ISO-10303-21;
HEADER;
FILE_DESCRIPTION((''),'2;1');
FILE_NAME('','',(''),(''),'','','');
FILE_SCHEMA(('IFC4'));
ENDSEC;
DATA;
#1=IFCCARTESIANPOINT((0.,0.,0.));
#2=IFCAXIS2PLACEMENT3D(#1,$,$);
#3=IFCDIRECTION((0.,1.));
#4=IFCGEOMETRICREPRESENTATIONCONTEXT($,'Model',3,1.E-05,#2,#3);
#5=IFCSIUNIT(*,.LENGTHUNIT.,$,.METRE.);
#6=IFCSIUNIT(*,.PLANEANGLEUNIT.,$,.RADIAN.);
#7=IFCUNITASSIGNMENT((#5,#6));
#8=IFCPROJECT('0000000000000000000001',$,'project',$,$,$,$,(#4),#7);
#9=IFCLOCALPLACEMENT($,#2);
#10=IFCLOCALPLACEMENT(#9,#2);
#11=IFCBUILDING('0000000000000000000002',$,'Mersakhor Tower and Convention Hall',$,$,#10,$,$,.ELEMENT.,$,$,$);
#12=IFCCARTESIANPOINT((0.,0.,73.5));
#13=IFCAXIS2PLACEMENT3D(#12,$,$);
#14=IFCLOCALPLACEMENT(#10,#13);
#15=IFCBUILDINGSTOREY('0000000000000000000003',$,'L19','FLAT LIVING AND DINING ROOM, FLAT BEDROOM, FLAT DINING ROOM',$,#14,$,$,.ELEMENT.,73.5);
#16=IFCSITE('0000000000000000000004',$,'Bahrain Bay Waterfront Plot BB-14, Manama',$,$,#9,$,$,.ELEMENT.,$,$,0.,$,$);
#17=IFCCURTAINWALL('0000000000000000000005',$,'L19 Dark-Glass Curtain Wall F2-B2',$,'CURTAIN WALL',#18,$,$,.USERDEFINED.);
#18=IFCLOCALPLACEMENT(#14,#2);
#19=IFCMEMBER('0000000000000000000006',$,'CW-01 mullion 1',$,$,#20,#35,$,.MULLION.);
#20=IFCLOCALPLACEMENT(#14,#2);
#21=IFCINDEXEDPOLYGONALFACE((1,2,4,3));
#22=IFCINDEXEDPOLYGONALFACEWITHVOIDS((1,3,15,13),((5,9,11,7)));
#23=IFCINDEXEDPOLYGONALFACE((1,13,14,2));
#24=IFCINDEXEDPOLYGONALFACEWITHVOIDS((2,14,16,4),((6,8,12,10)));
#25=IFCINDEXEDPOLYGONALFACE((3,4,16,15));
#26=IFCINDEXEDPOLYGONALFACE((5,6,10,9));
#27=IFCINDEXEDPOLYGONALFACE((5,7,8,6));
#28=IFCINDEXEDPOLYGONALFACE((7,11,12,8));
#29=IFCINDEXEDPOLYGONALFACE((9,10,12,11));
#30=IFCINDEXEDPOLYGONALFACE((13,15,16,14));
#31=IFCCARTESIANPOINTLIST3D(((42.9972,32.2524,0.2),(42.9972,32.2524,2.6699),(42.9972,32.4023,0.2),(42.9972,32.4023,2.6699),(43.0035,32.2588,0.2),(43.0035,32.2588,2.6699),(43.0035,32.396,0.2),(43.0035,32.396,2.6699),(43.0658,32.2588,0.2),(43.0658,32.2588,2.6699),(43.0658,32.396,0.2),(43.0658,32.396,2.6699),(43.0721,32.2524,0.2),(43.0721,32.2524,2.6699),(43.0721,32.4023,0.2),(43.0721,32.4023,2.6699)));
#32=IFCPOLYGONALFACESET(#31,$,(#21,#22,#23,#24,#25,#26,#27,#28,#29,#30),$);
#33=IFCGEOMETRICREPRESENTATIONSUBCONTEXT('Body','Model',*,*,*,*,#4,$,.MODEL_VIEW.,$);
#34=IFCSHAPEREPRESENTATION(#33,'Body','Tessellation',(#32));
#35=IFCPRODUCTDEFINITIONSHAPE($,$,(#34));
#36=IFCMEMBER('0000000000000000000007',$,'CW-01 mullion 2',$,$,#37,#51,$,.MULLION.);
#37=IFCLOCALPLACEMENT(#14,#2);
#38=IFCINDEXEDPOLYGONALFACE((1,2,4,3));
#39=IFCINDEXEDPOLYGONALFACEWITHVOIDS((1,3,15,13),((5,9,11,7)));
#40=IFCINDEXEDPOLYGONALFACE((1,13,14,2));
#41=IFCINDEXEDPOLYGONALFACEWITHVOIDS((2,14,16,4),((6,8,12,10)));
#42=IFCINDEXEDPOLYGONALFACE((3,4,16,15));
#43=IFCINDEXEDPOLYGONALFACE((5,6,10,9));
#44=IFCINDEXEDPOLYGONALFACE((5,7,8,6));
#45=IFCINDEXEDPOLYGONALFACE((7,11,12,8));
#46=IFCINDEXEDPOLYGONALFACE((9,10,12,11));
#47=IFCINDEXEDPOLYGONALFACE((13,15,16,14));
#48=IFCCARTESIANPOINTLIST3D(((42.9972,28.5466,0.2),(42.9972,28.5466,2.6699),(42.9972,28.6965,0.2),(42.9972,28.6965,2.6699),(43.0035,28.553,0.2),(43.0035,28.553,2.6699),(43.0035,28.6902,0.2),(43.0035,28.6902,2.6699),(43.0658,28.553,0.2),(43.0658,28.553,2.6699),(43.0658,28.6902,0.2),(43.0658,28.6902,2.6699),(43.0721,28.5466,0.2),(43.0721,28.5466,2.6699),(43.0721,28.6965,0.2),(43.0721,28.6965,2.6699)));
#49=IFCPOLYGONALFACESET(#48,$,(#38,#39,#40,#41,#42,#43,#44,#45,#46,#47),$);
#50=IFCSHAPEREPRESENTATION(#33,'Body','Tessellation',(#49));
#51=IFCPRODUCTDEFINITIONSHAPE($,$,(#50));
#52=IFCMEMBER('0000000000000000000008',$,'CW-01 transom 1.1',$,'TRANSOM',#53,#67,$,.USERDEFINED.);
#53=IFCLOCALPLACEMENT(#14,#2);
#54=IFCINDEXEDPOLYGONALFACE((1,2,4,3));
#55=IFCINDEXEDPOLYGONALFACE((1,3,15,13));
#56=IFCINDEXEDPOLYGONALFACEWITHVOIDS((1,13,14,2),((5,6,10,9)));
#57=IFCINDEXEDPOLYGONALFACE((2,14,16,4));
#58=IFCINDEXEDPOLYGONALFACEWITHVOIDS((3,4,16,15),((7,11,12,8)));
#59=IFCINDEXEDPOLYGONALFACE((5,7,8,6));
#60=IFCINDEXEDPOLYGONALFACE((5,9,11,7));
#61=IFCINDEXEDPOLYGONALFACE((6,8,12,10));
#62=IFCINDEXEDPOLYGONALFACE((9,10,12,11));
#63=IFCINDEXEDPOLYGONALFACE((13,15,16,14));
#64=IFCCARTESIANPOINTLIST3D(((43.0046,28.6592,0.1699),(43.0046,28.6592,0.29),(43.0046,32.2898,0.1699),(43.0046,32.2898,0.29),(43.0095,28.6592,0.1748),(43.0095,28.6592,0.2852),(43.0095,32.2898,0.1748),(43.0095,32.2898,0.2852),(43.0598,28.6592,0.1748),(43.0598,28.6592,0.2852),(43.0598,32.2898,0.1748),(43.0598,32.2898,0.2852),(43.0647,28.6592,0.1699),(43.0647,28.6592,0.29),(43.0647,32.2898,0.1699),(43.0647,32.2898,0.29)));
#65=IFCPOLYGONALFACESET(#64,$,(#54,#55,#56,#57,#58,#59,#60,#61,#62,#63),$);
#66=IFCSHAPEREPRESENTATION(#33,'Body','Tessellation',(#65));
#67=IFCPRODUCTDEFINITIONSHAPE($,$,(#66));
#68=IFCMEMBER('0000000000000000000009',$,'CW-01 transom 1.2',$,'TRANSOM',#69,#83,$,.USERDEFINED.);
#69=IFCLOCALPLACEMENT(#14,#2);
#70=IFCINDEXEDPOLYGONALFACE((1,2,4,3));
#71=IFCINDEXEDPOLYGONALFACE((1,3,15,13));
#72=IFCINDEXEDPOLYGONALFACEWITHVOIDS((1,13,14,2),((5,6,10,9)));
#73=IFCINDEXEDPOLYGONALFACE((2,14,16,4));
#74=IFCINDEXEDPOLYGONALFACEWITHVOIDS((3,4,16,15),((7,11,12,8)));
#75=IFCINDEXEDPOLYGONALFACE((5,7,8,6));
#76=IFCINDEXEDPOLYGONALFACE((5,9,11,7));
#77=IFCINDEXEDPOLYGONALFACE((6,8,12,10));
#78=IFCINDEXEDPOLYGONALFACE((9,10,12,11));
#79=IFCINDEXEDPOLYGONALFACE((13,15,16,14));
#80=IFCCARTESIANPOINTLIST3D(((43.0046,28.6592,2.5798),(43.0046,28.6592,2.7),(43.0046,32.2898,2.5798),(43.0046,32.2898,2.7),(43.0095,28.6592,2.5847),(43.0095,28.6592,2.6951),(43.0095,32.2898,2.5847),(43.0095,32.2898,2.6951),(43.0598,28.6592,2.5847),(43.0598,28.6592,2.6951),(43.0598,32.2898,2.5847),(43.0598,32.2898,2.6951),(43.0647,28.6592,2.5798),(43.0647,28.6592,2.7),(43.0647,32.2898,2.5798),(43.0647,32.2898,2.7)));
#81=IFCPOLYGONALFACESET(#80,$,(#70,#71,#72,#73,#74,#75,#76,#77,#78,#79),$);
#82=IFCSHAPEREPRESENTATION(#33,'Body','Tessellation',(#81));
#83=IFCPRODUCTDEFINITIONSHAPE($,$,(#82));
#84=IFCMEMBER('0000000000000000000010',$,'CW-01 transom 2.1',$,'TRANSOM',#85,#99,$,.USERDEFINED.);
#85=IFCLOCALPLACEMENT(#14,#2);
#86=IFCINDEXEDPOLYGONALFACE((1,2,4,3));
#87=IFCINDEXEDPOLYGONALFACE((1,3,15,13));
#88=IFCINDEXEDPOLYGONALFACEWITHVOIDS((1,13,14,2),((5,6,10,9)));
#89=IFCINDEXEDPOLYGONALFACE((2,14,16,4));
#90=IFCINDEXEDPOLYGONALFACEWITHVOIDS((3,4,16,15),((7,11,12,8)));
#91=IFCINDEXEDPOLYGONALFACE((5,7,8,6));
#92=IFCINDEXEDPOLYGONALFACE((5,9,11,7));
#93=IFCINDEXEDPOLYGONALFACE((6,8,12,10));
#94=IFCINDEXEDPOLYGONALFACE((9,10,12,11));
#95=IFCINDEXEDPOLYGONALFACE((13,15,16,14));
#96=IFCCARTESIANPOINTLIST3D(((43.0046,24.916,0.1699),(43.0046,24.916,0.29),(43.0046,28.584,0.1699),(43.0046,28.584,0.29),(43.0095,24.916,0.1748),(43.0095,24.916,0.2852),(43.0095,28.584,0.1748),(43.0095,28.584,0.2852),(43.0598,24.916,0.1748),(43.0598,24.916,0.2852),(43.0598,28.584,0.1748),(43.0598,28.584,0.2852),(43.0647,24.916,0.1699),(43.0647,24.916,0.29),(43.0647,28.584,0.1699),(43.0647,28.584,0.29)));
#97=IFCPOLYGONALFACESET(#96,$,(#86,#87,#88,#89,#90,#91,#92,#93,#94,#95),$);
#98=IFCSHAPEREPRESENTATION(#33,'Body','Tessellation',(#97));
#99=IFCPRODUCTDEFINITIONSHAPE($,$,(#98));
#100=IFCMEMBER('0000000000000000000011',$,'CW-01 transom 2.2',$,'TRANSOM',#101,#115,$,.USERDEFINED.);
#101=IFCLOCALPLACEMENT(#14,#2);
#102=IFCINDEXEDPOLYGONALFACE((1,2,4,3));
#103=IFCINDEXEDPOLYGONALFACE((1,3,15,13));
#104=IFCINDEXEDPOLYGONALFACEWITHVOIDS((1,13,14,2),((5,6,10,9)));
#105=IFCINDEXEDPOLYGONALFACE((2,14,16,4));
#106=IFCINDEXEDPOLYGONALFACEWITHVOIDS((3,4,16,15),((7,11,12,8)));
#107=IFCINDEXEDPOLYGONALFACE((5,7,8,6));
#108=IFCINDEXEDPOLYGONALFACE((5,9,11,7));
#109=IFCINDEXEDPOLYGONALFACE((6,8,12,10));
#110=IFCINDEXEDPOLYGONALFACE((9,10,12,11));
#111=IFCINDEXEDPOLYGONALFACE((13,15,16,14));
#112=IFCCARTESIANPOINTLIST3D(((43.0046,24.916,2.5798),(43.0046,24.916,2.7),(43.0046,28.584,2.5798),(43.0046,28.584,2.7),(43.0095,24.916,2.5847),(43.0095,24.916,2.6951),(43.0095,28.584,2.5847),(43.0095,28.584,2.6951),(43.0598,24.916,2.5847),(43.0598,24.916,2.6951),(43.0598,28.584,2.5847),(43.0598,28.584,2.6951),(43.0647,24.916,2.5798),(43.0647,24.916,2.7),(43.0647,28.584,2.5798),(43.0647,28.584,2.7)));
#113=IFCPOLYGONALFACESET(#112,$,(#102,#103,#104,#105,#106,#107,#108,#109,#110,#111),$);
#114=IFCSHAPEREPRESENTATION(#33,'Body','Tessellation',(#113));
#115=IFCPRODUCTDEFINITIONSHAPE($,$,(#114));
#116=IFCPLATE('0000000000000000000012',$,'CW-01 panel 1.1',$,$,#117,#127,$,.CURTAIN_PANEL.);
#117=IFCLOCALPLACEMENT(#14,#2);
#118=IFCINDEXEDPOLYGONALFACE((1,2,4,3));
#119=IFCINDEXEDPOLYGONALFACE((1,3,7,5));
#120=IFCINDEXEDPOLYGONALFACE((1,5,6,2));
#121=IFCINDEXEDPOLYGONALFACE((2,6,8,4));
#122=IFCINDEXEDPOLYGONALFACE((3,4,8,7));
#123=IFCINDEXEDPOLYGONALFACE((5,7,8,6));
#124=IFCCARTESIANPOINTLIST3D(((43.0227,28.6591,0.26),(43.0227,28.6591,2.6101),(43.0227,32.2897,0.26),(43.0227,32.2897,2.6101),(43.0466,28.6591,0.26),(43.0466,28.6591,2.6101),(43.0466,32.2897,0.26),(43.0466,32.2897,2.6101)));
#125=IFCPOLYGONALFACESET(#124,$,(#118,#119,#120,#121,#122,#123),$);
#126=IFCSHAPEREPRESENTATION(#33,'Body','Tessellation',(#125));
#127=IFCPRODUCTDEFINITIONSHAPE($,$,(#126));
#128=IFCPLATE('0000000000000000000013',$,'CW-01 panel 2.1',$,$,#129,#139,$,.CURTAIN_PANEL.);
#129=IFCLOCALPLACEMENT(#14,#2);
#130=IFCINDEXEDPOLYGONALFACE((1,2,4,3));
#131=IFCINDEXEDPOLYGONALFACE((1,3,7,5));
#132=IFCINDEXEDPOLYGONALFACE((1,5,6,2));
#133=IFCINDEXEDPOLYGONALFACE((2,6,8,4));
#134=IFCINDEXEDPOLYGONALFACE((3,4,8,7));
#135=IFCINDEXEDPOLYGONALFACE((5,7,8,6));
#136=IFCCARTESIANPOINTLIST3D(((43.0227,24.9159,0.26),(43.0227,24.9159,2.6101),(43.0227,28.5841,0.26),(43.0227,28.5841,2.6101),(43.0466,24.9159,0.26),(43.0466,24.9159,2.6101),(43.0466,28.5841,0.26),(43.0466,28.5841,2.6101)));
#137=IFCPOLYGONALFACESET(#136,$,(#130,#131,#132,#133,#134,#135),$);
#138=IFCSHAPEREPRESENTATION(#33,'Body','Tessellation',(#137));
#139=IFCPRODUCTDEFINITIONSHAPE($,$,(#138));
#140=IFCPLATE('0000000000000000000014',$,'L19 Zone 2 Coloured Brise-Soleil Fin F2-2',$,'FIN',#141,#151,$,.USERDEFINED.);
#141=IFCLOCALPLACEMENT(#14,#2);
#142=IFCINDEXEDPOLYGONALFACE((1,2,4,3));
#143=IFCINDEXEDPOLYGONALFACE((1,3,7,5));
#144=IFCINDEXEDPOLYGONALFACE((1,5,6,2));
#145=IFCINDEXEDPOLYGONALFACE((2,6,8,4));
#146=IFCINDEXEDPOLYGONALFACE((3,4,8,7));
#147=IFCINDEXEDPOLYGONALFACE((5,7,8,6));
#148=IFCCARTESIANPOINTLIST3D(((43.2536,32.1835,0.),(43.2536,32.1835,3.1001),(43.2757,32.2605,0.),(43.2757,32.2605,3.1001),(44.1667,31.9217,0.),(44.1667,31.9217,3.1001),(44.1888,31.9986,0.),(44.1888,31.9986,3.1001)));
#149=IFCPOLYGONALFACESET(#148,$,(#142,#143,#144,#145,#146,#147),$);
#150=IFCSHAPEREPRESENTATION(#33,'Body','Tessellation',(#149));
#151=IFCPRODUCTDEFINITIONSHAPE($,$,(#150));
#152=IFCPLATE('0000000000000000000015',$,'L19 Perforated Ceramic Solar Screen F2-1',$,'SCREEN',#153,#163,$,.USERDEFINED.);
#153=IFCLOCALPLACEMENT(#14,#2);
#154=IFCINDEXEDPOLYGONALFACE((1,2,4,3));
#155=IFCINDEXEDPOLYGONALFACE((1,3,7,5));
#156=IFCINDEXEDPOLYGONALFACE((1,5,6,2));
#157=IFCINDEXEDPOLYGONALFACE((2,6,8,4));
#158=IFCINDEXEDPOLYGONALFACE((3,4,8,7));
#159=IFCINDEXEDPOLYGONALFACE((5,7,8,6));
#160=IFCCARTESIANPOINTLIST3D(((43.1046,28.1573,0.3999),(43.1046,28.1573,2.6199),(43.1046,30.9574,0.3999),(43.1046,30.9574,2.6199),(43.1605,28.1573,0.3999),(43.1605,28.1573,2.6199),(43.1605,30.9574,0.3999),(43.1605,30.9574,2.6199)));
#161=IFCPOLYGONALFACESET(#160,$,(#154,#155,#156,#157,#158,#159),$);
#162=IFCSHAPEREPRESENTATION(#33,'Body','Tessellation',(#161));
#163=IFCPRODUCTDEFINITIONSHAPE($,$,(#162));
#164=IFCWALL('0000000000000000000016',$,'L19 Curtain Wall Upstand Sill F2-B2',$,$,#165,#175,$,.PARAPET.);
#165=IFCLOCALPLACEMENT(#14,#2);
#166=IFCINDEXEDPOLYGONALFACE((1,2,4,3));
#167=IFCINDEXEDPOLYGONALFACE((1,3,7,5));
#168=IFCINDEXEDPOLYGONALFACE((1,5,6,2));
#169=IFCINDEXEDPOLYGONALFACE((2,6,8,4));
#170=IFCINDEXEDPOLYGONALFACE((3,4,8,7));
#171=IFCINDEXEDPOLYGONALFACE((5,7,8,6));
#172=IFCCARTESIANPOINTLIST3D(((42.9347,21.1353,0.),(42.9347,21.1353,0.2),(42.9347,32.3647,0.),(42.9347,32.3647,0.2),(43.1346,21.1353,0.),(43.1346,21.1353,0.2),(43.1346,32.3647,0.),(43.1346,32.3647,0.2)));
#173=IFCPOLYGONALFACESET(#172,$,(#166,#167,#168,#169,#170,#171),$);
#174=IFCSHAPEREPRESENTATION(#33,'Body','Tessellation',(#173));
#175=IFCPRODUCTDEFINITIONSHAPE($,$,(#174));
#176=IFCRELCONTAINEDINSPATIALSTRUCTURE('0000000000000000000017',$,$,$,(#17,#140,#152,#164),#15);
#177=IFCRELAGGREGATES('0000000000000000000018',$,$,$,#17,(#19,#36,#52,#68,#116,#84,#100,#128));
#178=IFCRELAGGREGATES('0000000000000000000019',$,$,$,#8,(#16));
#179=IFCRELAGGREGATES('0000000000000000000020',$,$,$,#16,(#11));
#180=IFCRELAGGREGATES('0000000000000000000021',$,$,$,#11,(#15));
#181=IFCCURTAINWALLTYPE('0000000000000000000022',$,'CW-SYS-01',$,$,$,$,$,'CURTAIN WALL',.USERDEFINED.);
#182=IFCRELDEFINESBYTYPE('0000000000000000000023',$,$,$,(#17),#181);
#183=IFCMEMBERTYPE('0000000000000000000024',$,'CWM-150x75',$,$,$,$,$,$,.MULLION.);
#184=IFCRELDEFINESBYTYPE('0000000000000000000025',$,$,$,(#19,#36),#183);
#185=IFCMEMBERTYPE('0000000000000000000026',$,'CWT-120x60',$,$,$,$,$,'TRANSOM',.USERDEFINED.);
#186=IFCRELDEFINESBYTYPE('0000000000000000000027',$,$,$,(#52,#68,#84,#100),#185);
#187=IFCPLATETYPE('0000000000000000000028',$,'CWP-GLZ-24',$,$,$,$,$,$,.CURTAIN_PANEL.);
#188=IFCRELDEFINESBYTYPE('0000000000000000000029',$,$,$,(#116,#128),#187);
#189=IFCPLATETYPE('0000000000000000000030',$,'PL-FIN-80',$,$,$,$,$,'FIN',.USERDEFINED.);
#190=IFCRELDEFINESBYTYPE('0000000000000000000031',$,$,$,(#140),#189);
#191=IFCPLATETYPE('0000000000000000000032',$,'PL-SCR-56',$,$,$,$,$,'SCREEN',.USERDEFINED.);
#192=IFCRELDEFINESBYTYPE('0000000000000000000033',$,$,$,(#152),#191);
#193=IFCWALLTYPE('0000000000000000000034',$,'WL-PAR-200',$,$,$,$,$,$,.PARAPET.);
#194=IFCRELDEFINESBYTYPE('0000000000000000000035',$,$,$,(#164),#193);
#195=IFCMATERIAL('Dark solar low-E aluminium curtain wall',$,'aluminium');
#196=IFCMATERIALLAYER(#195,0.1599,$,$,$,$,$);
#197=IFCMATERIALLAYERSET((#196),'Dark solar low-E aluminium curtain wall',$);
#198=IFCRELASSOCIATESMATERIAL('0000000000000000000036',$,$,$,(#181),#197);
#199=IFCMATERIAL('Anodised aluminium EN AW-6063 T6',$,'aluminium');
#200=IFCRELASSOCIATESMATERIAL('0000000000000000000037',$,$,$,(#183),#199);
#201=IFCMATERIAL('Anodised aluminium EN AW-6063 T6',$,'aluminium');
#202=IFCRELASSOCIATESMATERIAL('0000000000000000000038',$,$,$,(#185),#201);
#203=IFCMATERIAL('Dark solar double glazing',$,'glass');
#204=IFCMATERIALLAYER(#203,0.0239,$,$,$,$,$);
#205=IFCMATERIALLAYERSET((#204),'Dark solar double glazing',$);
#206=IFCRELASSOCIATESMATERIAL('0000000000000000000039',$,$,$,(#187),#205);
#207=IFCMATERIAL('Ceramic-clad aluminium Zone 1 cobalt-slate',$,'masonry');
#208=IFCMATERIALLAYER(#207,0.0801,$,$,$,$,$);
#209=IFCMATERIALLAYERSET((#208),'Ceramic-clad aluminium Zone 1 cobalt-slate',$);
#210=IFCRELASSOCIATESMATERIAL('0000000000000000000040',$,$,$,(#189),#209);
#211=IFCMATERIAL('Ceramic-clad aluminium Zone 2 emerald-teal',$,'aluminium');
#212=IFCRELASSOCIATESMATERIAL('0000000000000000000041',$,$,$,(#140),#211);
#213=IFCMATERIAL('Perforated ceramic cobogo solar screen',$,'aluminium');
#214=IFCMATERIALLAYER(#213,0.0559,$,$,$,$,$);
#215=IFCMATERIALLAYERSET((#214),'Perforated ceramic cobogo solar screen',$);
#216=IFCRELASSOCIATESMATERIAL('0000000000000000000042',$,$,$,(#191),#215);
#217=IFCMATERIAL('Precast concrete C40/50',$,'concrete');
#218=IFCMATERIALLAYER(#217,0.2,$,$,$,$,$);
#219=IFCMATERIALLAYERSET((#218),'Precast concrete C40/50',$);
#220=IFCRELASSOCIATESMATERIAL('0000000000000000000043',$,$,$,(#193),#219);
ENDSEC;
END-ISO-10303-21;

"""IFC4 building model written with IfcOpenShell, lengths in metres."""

from ifc_helpers import new_model, si_unit, direction, frame, frame_2d, origin, origin_2d, place, context, subcontext, project, spatial, rectangle, hollow_rectangle, extrude, material, layer, layer_set, material_profile, profile_set, type_object, element, aggregate, save


model = new_model("IFC4")

# Units and contexts
model_context = context("Model", 3, precision=1e-05, world=origin(), true_north=direction((0.0, 1.0)))
body_context = subcontext(model_context, "Body", "Model", "MODEL_VIEW")
ifc_project = project(units=[si_unit("LENGTHUNIT", "METRE"), si_unit("PLANEANGLEUNIT", "RADIAN")], contexts=[model_context])

# Site, building, storey
site_placement = place(None, origin())
site = spatial("IfcSite", under=ifc_project, at=site_placement, Name="Bahrain Bay Waterfront Plot BB-14, Manama", CompositionType="ELEMENT", RefElevation=0.0)
building_placement = place(site_placement, origin())
building = spatial("IfcBuilding", under=site, at=building_placement, Name="Mersakhor Tower and Convention Hall", CompositionType="ELEMENT")
storey_placement = place(building_placement, frame((0.0, 0.0, 73.5)))
storey = spatial("IfcBuildingStorey", under=building, at=storey_placement, Name="L19", Description="FLAT LIVING AND DINING ROOM, FLAT BEDROOM, FLAT DINING ROOM", CompositionType="ELEMENT", Elevation=73.5)

# Curtain wall, members, plates
ifc_material_1 = material(Name="Dark solar low-E aluminium curtain wall", Category="aluminium")
ifc_layer_1 = layer(ifc_material_1, 0.1599)
ifc_layer_set_1 = layer_set([ifc_layer_1], Name="Dark solar low-E aluminium curtain wall")
curtain_wall_type = type_object("IfcCurtainWallType", Name="CW-SYS-01", ElementType="CURTAIN WALL", PredefinedType="USERDEFINED", material=ifc_layer_set_1)
curtain_wall_placement = place(storey_placement, origin())
curtain_wall = element("IfcCurtainWall", 1, at=curtain_wall_placement, inside=storey, type_object=curtain_wall_type, Name="L19 Dark-Glass Curtain Wall F2-B2", ObjectType="CURTAIN WALL", PredefinedType="USERDEFINED")
ifc_material_2 = material(Name="Anodised aluminium EN AW-6063 T6", Category="aluminium")
ifc_material_profile_1 = material_profile(ifc_material_2, hollow_rectangle(XDim=0.075, YDim=0.1499, WallThickness=0.0063, at=origin_2d()), Name="RHS 150x75x6.3")
ifc_profile_set_1 = profile_set([ifc_material_profile_1], Name="Anodised aluminium EN AW-6063 T6")
member_type_1 = type_object("IfcMemberType", Name="CWM-150x75", PredefinedType="MULLION", material=ifc_profile_set_1)
member_1_placement = place(storey_placement, frame((43.0347, 32.3274, 0.2), z_axis=(0.0, 0.0, 1.0), x_axis=(1.0, 0.0, 0.0)))
member_1 = element("IfcMember", 2, at=member_1_placement, type_object=member_type_1, Name="CW-01 mullion 1", PredefinedType="MULLION", context=body_context, shape_type="SweptSolid", body=[
    extrude(hollow_rectangle(XDim=0.075, YDim=0.1499, WallThickness=0.0063, at=origin_2d()), origin(), (0.0, 0.0, 1.0), 2.47),
])
member_2_placement = place(storey_placement, frame((43.0347, 28.6216, 0.2), z_axis=(0.0, 0.0, 1.0), x_axis=(1.0, 0.0, 0.0)))
member_2 = element("IfcMember", 3, at=member_2_placement, type_object=member_type_1, Name="CW-01 mullion 2", PredefinedType="MULLION", context=body_context, shape_type="SweptSolid", body=[
    extrude(hollow_rectangle(XDim=0.075, YDim=0.1499, WallThickness=0.0063, at=origin_2d()), origin(), (0.0, 0.0, 1.0), 2.47),
])
ifc_material_3 = material(Name="Anodised aluminium EN AW-6063 T6", Category="aluminium")
ifc_material_profile_2 = material_profile(ifc_material_3, hollow_rectangle(XDim=0.0601, YDim=0.1201, WallThickness=0.0049, at=origin_2d()), Name="RHS 120x60x5")
ifc_profile_set_2 = profile_set([ifc_material_profile_2], Name="Anodised aluminium EN AW-6063 T6")
member_type_2 = type_object("IfcMemberType", Name="CWT-120x60", ElementType="TRANSOM", PredefinedType="USERDEFINED", material=ifc_profile_set_2)
member_3_placement = place(storey_placement, frame((43.0347, 32.2898, 0.23), z_axis=(0.0, -1.0, 0.0), x_axis=(1.0, 0.0, 0.0)))
member_3 = element("IfcMember", 4, at=member_3_placement, type_object=member_type_2, Name="CW-01 transom 1.1", ObjectType="TRANSOM", PredefinedType="USERDEFINED", context=body_context, shape_type="SweptSolid", body=[
    extrude(hollow_rectangle(XDim=0.0601, YDim=0.1201, WallThickness=0.0049, at=origin_2d()), origin(), (0.0, 0.0, 1.0), 3.6306),
])
member_4_placement = place(storey_placement, frame((43.0347, 32.2898, 2.6399), z_axis=(0.0, -1.0, 0.0), x_axis=(1.0, 0.0, 0.0)))
member_4 = element("IfcMember", 5, at=member_4_placement, type_object=member_type_2, Name="CW-01 transom 1.2", ObjectType="TRANSOM", PredefinedType="USERDEFINED", context=body_context, shape_type="SweptSolid", body=[
    extrude(hollow_rectangle(XDim=0.0601, YDim=0.1201, WallThickness=0.0049, at=origin_2d()), origin(), (0.0, 0.0, 1.0), 3.6306),
])
member_5_placement = place(storey_placement, frame((43.0347, 28.584, 0.23), z_axis=(0.0, -1.0, 0.0), x_axis=(1.0, 0.0, 0.0)))
member_5 = element("IfcMember", 6, at=member_5_placement, type_object=member_type_2, Name="CW-01 transom 2.1", ObjectType="TRANSOM", PredefinedType="USERDEFINED", context=body_context, shape_type="SweptSolid", body=[
    extrude(hollow_rectangle(XDim=0.0601, YDim=0.1201, WallThickness=0.0049, at=origin_2d()), origin(), (0.0, 0.0, 1.0), 3.668),
])
member_6_placement = place(storey_placement, frame((43.0347, 28.584, 2.6399), z_axis=(0.0, -1.0, 0.0), x_axis=(1.0, 0.0, 0.0)))
member_6 = element("IfcMember", 7, at=member_6_placement, type_object=member_type_2, Name="CW-01 transom 2.2", ObjectType="TRANSOM", PredefinedType="USERDEFINED", context=body_context, shape_type="SweptSolid", body=[
    extrude(hollow_rectangle(XDim=0.0601, YDim=0.1201, WallThickness=0.0049, at=origin_2d()), origin(), (0.0, 0.0, 1.0), 3.668),
])
ifc_material_4 = material(Name="Dark solar double glazing", Category="glass")
ifc_layer_2 = layer(ifc_material_4, 0.0239)
ifc_layer_set_2 = layer_set([ifc_layer_2], Name="Dark solar double glazing")
plate_type_1 = type_object("IfcPlateType", Name="CWP-GLZ-24", PredefinedType="CURTAIN_PANEL", material=ifc_layer_set_2)
plate_1_placement = place(storey_placement, frame((43.0347, 30.4744, 0.26), z_axis=(0.0, 0.0, 1.0), x_axis=(0.0, -1.0, 0.0)))
plate_1 = element("IfcPlate", 8, at=plate_1_placement, type_object=plate_type_1, Name="CW-01 panel 1.1", PredefinedType="CURTAIN_PANEL", context=body_context, shape_type="SweptSolid", body=[
    extrude(rectangle(XDim=3.6306, YDim=0.0239, at=origin_2d()), origin(), (0.0, 0.0, 1.0), 2.3501),
])
plate_2_placement = place(storey_placement, frame((43.0347, 26.75, 0.26), z_axis=(0.0, 0.0, 1.0), x_axis=(0.0, -1.0, 0.0)))
plate_2 = element("IfcPlate", 9, at=plate_2_placement, type_object=plate_type_1, Name="CW-01 panel 2.1", PredefinedType="CURTAIN_PANEL", context=body_context, shape_type="SweptSolid", body=[
    extrude(rectangle(XDim=3.6682, YDim=0.0239, at=origin_2d()), origin(), (0.0, 0.0, 1.0), 2.3501),
])
aggregate(curtain_wall, [member_1, member_2, member_3, member_4, plate_1, member_5, member_6, plate_2])

# Plates
ifc_material_5 = material(Name="Ceramic-clad aluminium Zone 2 emerald-teal", Category="aluminium")
ifc_material_6 = material(Name="Ceramic-clad aluminium Zone 1 cobalt-slate", Category="masonry")
ifc_layer_3 = layer(ifc_material_6, 0.0801)
ifc_layer_set_3 = layer_set([ifc_layer_3], Name="Ceramic-clad aluminium Zone 1 cobalt-slate")
plate_type_2 = type_object("IfcPlateType", Name="PL-FIN-80", ElementType="FIN", PredefinedType="USERDEFINED", material=ifc_layer_set_3)
plate_3_placement = place(storey_placement, frame((43.7212, 32.0911, 0.0), z_axis=(0.0, 0.0, 1.0), x_axis=(0.961262, -0.275637, 0.0)))
element("IfcPlate", 10, at=plate_3_placement, inside=storey, type_object=plate_type_2, material=ifc_material_5, Name="L19 Zone 2 Coloured Brise-Soleil Fin F2-2", ObjectType="FIN", PredefinedType="USERDEFINED", context=body_context, shape_type="SweptSolid", body=[
    extrude(rectangle(XDim=0.95, YDim=0.0801, at=origin_2d()), origin(), (0.0, 0.0, 1.0), 3.1001),
])
ifc_material_7 = material(Name="Perforated ceramic cobogo solar screen", Category="aluminium")
ifc_layer_4 = layer(ifc_material_7, 0.0559)
ifc_layer_set_4 = layer_set([ifc_layer_4], Name="Perforated ceramic cobogo solar screen")
plate_type_3 = type_object("IfcPlateType", Name="PL-SCR-56", ElementType="SCREEN", PredefinedType="USERDEFINED", material=ifc_layer_set_4)
plate_4_placement = place(storey_placement, frame((43.1326, 29.5574, 0.3999), z_axis=(0.0, 0.0, 1.0), x_axis=(0.0, -1.0, 0.0)))
element("IfcPlate", 11, at=plate_4_placement, inside=storey, type_object=plate_type_3, Name="L19 Perforated Ceramic Solar Screen F2-1", ObjectType="SCREEN", PredefinedType="USERDEFINED", context=body_context, shape_type="SweptSolid", body=[
    extrude(rectangle(XDim=2.8, YDim=0.0559, at=origin_2d()), origin(), (0.0, 0.0, 1.0), 2.22),
])

# Wall
ifc_material_8 = material(Name="Precast concrete C40/50", Category="concrete")
ifc_layer_5 = layer(ifc_material_8, 0.2)
ifc_layer_set_5 = layer_set([ifc_layer_5], Name="Precast concrete C40/50")
wall_type_1 = type_object("IfcWallType", Name="WL-PAR-200", PredefinedType="PARAPET", material=ifc_layer_set_5)
wall_1_placement = place(storey_placement, frame((43.0347, 32.3647, 0.0), z_axis=(0.0, 0.0, 1.0), x_axis=(0.0, -1.0, 0.0)))
element("IfcWall", 12, at=wall_1_placement, inside=storey, type_object=wall_type_1, Name="L19 Curtain Wall Upstand Sill F2-B2", PredefinedType="PARAPET", context=body_context, shape_type="SweptSolid", body=[
    extrude(rectangle(XDim=11.2295, YDim=0.2, at=frame_2d((5.6147, 0.0))), origin(), (0.0, 0.0, 1.0), 0.2),
])

save(model, "model.ifc")
